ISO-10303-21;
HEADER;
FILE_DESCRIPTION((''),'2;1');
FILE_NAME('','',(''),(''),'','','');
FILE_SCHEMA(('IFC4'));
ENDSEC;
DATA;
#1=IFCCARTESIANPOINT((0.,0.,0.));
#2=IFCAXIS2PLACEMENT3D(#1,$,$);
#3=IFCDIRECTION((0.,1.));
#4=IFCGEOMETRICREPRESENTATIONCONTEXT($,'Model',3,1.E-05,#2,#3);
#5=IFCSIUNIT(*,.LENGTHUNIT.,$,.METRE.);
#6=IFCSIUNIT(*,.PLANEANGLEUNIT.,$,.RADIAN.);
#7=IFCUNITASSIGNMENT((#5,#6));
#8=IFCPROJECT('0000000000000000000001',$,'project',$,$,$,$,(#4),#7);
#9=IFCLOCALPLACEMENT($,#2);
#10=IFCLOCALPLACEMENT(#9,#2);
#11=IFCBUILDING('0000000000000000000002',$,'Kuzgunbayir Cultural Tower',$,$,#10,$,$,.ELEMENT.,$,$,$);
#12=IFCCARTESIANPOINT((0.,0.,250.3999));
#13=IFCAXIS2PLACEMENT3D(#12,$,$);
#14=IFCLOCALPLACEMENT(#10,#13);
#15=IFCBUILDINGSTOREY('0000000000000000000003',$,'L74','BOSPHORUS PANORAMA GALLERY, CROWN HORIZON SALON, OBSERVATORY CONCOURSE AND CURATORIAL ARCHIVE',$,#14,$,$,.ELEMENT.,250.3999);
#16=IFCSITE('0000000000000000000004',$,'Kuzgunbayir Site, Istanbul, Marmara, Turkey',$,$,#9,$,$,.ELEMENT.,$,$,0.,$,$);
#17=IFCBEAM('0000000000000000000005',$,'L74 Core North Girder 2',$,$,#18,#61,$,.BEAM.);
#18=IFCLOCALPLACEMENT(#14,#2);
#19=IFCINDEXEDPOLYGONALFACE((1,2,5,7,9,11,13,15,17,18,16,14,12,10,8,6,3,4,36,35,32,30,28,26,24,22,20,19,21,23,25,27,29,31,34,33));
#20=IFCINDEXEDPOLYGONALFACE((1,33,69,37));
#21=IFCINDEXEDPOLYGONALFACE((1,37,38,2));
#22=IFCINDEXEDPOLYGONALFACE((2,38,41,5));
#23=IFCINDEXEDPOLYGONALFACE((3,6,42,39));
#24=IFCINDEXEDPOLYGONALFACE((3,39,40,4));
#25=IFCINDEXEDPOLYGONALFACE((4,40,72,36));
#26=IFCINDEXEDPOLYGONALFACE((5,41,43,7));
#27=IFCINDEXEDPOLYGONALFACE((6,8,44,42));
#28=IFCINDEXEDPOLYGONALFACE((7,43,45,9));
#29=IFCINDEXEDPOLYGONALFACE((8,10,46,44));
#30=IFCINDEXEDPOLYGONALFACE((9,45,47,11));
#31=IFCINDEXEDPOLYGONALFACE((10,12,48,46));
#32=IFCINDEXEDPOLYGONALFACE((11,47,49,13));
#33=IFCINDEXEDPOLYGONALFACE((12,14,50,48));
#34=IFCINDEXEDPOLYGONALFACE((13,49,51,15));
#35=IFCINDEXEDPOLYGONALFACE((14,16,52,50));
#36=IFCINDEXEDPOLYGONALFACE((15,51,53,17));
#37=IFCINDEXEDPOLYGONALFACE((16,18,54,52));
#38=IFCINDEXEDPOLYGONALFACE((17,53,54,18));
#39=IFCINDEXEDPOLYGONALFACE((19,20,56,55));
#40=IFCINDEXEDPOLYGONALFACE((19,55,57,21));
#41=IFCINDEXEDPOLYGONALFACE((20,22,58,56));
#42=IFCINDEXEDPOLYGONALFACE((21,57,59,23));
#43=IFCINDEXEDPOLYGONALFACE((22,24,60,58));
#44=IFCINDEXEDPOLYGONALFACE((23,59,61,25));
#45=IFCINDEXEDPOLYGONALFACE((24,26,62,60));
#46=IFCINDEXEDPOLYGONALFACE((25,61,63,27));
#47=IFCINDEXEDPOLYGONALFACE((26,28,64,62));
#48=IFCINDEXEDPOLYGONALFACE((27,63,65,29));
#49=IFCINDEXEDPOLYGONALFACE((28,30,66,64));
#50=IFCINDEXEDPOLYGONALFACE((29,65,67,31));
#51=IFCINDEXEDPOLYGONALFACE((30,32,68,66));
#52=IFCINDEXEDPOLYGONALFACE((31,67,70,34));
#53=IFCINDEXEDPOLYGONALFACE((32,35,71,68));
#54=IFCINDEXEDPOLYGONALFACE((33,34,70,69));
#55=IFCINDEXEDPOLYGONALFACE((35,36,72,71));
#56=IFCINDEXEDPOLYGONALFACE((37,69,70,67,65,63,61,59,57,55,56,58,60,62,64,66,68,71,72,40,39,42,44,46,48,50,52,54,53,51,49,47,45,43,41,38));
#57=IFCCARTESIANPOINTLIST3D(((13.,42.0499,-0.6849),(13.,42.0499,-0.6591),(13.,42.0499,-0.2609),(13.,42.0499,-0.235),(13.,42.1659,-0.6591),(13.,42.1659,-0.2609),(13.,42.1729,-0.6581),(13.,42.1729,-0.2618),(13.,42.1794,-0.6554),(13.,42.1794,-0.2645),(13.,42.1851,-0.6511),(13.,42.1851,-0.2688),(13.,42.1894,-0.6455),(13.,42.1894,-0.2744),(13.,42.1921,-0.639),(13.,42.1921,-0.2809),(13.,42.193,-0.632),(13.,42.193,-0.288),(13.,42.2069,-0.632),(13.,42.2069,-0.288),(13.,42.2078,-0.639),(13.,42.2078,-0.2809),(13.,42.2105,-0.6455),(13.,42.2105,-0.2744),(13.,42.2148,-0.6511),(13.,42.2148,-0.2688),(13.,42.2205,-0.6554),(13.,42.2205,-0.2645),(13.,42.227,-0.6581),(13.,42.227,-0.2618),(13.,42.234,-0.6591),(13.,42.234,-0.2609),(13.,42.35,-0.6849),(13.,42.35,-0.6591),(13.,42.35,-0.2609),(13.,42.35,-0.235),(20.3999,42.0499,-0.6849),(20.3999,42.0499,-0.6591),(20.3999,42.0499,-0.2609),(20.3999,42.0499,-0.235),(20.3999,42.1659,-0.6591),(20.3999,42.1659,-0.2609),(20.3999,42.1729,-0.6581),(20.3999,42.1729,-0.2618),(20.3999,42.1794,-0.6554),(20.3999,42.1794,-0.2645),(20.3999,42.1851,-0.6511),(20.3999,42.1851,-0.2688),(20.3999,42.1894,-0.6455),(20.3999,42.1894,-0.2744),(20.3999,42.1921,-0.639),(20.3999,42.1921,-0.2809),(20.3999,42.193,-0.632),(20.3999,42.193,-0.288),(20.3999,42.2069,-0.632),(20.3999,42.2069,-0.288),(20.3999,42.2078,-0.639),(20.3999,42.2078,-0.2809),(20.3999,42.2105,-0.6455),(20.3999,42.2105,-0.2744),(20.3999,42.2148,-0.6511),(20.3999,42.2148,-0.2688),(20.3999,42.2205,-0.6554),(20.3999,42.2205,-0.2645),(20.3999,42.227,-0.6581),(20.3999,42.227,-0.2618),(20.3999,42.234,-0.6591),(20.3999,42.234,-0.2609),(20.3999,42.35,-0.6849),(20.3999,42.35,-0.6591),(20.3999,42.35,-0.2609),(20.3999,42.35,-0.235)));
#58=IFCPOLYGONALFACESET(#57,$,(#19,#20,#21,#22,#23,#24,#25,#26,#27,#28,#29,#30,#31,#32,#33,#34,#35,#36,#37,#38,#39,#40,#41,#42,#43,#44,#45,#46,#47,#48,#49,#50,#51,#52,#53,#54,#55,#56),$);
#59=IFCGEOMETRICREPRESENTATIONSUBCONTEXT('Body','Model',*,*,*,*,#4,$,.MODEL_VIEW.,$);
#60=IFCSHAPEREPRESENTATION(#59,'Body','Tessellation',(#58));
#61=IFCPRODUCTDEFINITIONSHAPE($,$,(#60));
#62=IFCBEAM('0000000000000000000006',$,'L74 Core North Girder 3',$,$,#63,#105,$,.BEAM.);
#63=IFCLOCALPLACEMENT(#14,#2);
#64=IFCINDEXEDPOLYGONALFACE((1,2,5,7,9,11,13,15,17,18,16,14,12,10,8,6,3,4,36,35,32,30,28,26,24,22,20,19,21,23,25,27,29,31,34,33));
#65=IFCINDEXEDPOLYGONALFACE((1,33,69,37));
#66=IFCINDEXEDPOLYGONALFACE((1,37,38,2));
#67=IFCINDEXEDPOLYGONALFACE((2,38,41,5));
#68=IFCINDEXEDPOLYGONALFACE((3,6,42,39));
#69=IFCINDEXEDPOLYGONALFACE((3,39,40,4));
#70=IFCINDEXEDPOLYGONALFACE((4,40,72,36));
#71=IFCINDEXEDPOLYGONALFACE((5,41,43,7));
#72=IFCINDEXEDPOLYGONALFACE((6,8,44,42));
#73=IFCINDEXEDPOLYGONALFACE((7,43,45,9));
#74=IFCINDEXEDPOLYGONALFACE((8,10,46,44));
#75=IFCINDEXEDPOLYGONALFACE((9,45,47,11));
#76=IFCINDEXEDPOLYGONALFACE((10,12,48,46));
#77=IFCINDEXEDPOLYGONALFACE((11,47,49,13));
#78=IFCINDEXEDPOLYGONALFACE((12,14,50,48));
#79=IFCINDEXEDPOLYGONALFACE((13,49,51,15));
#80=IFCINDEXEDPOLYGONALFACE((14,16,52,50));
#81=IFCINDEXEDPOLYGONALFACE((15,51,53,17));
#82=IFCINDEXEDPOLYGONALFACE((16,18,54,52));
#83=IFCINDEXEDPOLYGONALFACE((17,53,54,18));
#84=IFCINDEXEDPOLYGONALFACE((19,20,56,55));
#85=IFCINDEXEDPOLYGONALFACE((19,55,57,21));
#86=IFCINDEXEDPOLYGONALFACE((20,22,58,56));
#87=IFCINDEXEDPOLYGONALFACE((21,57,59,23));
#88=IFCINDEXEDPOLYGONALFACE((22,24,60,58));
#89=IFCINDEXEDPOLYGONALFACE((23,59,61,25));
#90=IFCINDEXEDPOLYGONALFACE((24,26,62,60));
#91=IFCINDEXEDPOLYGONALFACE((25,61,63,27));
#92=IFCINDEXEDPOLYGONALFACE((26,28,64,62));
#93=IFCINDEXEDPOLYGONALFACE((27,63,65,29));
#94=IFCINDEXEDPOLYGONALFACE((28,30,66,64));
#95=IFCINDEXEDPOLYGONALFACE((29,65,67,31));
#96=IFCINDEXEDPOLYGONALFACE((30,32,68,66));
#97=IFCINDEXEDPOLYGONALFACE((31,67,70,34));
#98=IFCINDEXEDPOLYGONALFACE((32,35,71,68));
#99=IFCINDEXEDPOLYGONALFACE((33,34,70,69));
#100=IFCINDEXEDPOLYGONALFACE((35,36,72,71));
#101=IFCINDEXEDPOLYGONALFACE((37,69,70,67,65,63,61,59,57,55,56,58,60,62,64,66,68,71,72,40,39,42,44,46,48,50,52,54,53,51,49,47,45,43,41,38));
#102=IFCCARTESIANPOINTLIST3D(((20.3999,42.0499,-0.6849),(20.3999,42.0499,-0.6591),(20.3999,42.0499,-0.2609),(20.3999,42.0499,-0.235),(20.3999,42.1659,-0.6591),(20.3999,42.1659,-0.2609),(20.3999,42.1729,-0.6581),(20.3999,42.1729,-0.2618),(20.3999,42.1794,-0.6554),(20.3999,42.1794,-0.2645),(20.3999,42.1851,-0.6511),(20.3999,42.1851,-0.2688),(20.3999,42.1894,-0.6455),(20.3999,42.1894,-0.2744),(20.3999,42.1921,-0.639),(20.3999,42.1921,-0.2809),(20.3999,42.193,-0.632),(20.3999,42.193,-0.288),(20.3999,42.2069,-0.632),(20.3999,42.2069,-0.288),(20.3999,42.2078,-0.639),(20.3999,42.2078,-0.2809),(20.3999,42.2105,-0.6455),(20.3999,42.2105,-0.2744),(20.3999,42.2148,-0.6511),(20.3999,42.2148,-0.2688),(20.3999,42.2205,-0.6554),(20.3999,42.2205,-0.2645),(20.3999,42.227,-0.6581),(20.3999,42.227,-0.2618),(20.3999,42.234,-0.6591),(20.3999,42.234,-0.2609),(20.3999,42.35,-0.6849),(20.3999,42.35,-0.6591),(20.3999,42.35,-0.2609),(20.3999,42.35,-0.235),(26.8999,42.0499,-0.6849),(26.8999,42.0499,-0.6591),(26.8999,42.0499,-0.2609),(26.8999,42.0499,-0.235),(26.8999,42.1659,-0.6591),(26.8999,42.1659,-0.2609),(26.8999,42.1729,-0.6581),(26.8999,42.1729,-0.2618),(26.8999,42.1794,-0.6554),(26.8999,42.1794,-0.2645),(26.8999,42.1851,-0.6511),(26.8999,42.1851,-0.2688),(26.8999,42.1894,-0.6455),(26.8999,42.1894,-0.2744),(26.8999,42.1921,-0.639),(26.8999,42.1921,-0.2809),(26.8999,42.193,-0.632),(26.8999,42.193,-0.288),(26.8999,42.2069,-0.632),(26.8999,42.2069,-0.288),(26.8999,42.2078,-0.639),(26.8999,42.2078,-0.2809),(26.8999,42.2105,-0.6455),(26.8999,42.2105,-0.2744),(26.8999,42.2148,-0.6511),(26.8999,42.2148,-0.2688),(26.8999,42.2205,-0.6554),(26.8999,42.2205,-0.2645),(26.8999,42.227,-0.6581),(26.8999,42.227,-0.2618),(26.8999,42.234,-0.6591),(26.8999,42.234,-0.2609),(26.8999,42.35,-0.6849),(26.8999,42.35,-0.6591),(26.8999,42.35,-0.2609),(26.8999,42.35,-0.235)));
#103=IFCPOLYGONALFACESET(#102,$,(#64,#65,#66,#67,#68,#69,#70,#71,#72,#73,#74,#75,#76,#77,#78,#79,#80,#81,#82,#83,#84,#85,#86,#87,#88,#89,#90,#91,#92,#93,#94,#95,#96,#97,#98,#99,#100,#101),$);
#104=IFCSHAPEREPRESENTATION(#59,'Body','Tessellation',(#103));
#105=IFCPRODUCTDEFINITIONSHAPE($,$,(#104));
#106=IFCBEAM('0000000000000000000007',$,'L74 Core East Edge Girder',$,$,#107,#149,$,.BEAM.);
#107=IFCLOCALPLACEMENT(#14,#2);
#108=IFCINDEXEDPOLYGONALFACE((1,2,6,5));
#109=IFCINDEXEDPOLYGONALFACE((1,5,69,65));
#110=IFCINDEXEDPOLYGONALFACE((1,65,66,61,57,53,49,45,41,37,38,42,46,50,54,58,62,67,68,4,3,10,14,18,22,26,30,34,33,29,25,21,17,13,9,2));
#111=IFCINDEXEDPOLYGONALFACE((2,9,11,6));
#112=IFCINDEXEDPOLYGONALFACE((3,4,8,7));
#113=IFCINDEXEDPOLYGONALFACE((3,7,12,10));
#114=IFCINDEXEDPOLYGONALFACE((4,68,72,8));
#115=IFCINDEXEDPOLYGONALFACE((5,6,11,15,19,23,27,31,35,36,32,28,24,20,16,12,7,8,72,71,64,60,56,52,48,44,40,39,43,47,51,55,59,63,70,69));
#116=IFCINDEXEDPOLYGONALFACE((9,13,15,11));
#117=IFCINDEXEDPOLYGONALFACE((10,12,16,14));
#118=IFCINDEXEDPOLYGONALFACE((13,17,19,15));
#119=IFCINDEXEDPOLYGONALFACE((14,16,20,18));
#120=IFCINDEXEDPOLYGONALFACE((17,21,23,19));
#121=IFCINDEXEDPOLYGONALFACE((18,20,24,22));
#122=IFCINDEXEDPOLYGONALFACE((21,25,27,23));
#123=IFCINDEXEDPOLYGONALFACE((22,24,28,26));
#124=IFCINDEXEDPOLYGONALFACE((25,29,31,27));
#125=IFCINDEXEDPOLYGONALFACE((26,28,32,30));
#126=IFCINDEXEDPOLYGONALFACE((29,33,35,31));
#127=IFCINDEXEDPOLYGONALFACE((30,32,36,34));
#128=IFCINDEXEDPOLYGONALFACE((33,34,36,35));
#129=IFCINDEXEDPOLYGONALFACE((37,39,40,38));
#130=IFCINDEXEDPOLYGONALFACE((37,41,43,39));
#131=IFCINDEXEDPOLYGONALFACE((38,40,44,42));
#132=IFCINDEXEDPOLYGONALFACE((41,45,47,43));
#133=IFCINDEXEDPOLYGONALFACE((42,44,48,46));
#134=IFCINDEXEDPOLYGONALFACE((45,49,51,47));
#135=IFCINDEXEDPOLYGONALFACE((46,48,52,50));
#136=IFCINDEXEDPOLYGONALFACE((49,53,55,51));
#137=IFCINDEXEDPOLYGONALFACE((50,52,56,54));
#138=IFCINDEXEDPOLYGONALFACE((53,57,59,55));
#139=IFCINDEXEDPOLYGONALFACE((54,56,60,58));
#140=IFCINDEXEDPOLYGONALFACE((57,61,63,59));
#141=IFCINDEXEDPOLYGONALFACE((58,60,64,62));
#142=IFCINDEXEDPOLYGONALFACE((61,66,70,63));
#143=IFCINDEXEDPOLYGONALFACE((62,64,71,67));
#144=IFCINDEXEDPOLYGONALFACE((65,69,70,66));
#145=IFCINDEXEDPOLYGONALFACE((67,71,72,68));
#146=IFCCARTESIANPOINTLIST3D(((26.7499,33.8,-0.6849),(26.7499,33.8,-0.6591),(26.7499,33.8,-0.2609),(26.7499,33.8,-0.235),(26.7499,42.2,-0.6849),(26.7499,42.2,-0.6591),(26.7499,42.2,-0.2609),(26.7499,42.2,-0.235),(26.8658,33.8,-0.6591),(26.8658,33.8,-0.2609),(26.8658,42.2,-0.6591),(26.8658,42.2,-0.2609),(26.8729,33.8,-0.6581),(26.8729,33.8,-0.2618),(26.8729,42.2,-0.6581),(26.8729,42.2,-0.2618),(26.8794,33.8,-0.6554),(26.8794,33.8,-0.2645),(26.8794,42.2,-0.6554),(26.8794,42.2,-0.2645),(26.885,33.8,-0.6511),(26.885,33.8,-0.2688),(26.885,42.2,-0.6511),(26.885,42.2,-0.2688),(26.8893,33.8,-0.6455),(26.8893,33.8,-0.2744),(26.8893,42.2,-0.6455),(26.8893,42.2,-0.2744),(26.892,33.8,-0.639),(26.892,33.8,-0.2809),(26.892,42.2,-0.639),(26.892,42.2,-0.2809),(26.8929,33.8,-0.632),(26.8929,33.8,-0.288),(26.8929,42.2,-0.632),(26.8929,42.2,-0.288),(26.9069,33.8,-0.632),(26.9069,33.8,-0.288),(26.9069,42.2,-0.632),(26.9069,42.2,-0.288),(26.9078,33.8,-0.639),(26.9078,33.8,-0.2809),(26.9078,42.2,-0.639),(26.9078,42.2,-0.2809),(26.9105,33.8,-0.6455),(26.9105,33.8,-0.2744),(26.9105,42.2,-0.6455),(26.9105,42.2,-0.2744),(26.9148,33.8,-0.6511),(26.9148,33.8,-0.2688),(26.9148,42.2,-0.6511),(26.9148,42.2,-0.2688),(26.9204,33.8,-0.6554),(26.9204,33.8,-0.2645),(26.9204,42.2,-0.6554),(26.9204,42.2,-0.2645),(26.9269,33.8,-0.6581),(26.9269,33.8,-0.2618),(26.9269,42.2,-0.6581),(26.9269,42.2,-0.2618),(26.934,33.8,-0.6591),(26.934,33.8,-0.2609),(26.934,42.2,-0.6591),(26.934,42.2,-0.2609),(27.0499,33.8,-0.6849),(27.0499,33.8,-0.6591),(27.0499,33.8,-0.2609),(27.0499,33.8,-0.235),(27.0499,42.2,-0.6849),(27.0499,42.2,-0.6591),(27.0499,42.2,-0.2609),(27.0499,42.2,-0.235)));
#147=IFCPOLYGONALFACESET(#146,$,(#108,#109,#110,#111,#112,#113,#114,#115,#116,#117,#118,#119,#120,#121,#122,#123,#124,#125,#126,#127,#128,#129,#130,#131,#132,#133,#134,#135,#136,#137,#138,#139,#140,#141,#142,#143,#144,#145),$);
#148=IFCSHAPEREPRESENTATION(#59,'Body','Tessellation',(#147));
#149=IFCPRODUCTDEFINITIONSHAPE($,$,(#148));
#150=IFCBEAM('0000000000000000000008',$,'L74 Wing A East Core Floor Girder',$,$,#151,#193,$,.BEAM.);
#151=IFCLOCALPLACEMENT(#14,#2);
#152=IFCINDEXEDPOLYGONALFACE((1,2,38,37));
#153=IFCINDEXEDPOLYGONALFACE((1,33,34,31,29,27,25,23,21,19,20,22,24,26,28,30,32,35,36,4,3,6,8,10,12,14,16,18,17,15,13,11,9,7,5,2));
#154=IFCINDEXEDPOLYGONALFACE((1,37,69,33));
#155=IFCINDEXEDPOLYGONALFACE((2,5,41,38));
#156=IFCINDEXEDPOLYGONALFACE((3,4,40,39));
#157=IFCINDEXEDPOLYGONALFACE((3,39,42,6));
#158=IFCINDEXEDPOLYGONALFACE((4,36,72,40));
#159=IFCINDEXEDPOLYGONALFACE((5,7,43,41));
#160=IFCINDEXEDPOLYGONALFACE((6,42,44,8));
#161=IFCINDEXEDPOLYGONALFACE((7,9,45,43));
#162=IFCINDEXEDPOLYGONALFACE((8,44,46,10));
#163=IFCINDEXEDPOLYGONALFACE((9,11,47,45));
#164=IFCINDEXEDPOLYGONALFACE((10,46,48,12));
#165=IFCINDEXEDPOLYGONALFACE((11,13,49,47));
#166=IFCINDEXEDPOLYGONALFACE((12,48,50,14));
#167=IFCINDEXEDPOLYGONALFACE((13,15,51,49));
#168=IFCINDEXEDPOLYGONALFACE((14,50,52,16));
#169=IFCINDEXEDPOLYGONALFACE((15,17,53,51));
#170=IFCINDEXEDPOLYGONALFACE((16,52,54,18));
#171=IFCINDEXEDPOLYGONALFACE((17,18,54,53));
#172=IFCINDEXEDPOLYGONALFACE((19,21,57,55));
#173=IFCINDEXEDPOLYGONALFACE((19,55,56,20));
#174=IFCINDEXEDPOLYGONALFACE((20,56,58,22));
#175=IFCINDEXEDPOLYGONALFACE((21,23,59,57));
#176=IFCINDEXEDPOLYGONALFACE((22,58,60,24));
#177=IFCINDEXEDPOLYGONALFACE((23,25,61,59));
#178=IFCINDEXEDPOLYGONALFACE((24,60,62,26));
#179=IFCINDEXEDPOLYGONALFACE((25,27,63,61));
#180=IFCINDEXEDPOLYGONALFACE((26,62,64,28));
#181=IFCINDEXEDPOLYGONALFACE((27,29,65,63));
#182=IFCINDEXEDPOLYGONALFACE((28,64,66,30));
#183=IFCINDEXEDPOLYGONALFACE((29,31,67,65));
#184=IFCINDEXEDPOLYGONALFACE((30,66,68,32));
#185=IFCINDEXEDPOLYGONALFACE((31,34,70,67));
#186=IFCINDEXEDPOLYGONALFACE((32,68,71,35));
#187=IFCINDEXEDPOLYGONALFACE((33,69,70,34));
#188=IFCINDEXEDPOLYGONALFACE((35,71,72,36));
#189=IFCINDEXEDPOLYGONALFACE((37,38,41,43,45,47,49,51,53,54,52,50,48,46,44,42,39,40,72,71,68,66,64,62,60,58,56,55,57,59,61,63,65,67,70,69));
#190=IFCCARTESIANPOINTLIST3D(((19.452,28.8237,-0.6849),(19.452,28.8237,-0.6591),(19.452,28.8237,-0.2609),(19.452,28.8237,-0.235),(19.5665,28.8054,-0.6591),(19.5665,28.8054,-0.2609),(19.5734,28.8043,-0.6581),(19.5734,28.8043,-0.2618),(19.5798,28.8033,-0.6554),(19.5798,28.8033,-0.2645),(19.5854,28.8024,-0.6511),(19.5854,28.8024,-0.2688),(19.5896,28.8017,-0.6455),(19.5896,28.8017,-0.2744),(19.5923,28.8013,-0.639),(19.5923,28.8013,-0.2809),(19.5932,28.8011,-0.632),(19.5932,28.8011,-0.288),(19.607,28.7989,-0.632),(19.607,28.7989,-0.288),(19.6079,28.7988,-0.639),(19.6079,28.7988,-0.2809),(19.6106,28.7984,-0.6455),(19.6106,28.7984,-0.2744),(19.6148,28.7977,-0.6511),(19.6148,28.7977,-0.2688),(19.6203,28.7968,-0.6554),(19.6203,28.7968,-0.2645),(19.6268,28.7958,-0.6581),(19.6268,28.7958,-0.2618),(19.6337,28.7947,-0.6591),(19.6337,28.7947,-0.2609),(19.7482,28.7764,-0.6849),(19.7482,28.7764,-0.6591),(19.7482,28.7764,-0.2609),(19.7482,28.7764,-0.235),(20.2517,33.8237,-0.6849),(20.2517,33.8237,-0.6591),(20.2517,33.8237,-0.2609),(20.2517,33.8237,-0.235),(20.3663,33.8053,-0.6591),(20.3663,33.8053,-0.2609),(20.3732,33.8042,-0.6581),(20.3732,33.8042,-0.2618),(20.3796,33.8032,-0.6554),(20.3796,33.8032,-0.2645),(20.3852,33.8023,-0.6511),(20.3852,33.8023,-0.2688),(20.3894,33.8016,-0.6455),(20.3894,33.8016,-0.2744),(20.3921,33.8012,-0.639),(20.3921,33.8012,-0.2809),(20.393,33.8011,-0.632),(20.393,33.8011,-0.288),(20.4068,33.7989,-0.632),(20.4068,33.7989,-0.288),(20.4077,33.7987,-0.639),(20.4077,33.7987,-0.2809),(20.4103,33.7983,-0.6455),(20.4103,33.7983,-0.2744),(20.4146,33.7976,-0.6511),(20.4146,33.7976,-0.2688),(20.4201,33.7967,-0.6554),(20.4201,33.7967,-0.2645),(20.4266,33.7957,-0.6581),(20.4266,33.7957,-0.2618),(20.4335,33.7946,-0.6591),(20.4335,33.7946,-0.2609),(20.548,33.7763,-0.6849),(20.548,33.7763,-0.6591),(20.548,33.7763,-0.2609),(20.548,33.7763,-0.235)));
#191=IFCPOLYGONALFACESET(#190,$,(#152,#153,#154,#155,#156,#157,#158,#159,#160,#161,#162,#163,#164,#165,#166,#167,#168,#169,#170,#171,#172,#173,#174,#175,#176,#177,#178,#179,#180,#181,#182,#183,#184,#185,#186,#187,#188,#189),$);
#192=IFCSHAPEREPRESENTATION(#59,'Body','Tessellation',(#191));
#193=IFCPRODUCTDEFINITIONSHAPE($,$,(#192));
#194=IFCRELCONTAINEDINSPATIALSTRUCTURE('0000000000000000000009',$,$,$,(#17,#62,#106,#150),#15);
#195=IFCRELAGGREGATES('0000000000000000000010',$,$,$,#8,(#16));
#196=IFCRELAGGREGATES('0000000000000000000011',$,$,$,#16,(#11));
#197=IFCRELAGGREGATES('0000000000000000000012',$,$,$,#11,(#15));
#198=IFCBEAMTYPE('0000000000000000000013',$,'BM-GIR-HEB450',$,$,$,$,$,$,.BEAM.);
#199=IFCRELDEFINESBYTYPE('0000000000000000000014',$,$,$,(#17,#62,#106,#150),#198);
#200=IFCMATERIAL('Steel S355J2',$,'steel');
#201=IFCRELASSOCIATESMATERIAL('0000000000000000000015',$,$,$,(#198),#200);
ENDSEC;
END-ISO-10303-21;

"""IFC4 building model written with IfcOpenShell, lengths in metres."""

from ifc_helpers import new_model, si_unit, direction, frame, origin, origin_2d, place, context, subcontext, project, spatial, i_section, extrude, material, material_profile, profile_set, type_object, element, save


model = new_model("IFC4")

# Units and contexts
model_context = context("Model", 3, precision=1e-05, world=origin(), true_north=direction((0.0, 1.0)))
body_context = subcontext(model_context, "Body", "Model", "MODEL_VIEW")
ifc_project = project(units=[si_unit("LENGTHUNIT", "METRE"), si_unit("PLANEANGLEUNIT", "RADIAN")], contexts=[model_context])

# Site, building, storey
site_placement = place(None, origin())
site = spatial("IfcSite", under=ifc_project, at=site_placement, Name="Kuzgunbayir Site, Istanbul, Marmara, Turkey", CompositionType="ELEMENT", RefElevation=0.0)
building_placement = place(site_placement, origin())
building = spatial("IfcBuilding", under=site, at=building_placement, Name="Kuzgunbayir Cultural Tower", CompositionType="ELEMENT")
storey_placement = place(building_placement, frame((0.0, 0.0, 250.3999)))
storey = spatial("IfcBuildingStorey", under=building, at=storey_placement, Name="L74", Description="BOSPHORUS PANORAMA GALLERY, CROWN HORIZON SALON, OBSERVATORY CONCOURSE AND CURATORIAL ARCHIVE", CompositionType="ELEMENT", Elevation=250.3999)

# Beams
ifc_material_1 = material(Name="Steel S355J2", Category="steel")
ifc_material_profile_1 = material_profile(ifc_material_1, i_section(OverallWidth=0.3, OverallDepth=0.45, WebThickness=0.0139, FlangeThickness=0.0259, FilletRadius=0.0271, at=origin_2d()), Name="HEB 450")
ifc_profile_set_1 = profile_set([ifc_material_profile_1], Name="Steel S355J2")
beam_type = type_object("IfcBeamType", Name="BM-GIR-HEB450", PredefinedType="BEAM", material=ifc_profile_set_1)
beam_1_placement = place(storey_placement, frame((13.0, 42.2, -0.46), z_axis=(1.0, 0.0, 0.0), x_axis=(0.0, 1.0, 0.0)))
element("IfcBeam", 1, at=beam_1_placement, inside=storey, type_object=beam_type, Name="L74 Core North Girder 2", PredefinedType="BEAM", context=body_context, shape_type="SweptSolid", body=[
    extrude(i_section(OverallWidth=0.3, OverallDepth=0.45, WebThickness=0.0139, FlangeThickness=0.0259, FilletRadius=0.0271, at=origin_2d()), origin(), (0.0, 0.0, 1.0), 7.3999),
])
beam_2_placement = place(storey_placement, frame((20.3999, 42.2, -0.46), z_axis=(1.0, 0.0, 0.0), x_axis=(0.0, 1.0, 0.0)))
element("IfcBeam", 2, at=beam_2_placement, inside=storey, type_object=beam_type, Name="L74 Core North Girder 3", PredefinedType="BEAM", context=body_context, shape_type="SweptSolid", body=[
    extrude(i_section(OverallWidth=0.3, OverallDepth=0.45, WebThickness=0.0139, FlangeThickness=0.0259, FilletRadius=0.0271, at=origin_2d()), origin(), (0.0, 0.0, 1.0), 6.5),
])
beam_3_placement = place(storey_placement, frame((26.8999, 33.8, -0.46), z_axis=(0.0, 1.0, 0.0), x_axis=(-1.0, 0.0, 0.0)))
element("IfcBeam", 3, at=beam_3_placement, inside=storey, type_object=beam_type, Name="L74 Core East Edge Girder", PredefinedType="BEAM", context=body_context, shape_type="SweptSolid", body=[
    extrude(i_section(OverallWidth=0.3, OverallDepth=0.45, WebThickness=0.0139, FlangeThickness=0.0259, FilletRadius=0.0271, at=origin_2d()), origin(), (0.0, 0.0, 1.0), 8.3999),
])
beam_4_placement = place(storey_placement, frame((19.6001, 28.8, -0.46), z_axis=(0.157953, 0.987447, 0.0), x_axis=(-0.987447, 0.157953, 0.0)))
element("IfcBeam", 4, at=beam_4_placement, inside=storey, type_object=beam_type, Name="L74 Wing A East Core Floor Girder", PredefinedType="BEAM", context=body_context, shape_type="SweptSolid", body=[
    extrude(i_section(OverallWidth=0.3, OverallDepth=0.45, WebThickness=0.0139, FlangeThickness=0.0259, FilletRadius=0.0271, at=origin_2d()), origin(), (0.0, 0.0, 1.0), 5.0635),
])

save(model, "model.ifc")
